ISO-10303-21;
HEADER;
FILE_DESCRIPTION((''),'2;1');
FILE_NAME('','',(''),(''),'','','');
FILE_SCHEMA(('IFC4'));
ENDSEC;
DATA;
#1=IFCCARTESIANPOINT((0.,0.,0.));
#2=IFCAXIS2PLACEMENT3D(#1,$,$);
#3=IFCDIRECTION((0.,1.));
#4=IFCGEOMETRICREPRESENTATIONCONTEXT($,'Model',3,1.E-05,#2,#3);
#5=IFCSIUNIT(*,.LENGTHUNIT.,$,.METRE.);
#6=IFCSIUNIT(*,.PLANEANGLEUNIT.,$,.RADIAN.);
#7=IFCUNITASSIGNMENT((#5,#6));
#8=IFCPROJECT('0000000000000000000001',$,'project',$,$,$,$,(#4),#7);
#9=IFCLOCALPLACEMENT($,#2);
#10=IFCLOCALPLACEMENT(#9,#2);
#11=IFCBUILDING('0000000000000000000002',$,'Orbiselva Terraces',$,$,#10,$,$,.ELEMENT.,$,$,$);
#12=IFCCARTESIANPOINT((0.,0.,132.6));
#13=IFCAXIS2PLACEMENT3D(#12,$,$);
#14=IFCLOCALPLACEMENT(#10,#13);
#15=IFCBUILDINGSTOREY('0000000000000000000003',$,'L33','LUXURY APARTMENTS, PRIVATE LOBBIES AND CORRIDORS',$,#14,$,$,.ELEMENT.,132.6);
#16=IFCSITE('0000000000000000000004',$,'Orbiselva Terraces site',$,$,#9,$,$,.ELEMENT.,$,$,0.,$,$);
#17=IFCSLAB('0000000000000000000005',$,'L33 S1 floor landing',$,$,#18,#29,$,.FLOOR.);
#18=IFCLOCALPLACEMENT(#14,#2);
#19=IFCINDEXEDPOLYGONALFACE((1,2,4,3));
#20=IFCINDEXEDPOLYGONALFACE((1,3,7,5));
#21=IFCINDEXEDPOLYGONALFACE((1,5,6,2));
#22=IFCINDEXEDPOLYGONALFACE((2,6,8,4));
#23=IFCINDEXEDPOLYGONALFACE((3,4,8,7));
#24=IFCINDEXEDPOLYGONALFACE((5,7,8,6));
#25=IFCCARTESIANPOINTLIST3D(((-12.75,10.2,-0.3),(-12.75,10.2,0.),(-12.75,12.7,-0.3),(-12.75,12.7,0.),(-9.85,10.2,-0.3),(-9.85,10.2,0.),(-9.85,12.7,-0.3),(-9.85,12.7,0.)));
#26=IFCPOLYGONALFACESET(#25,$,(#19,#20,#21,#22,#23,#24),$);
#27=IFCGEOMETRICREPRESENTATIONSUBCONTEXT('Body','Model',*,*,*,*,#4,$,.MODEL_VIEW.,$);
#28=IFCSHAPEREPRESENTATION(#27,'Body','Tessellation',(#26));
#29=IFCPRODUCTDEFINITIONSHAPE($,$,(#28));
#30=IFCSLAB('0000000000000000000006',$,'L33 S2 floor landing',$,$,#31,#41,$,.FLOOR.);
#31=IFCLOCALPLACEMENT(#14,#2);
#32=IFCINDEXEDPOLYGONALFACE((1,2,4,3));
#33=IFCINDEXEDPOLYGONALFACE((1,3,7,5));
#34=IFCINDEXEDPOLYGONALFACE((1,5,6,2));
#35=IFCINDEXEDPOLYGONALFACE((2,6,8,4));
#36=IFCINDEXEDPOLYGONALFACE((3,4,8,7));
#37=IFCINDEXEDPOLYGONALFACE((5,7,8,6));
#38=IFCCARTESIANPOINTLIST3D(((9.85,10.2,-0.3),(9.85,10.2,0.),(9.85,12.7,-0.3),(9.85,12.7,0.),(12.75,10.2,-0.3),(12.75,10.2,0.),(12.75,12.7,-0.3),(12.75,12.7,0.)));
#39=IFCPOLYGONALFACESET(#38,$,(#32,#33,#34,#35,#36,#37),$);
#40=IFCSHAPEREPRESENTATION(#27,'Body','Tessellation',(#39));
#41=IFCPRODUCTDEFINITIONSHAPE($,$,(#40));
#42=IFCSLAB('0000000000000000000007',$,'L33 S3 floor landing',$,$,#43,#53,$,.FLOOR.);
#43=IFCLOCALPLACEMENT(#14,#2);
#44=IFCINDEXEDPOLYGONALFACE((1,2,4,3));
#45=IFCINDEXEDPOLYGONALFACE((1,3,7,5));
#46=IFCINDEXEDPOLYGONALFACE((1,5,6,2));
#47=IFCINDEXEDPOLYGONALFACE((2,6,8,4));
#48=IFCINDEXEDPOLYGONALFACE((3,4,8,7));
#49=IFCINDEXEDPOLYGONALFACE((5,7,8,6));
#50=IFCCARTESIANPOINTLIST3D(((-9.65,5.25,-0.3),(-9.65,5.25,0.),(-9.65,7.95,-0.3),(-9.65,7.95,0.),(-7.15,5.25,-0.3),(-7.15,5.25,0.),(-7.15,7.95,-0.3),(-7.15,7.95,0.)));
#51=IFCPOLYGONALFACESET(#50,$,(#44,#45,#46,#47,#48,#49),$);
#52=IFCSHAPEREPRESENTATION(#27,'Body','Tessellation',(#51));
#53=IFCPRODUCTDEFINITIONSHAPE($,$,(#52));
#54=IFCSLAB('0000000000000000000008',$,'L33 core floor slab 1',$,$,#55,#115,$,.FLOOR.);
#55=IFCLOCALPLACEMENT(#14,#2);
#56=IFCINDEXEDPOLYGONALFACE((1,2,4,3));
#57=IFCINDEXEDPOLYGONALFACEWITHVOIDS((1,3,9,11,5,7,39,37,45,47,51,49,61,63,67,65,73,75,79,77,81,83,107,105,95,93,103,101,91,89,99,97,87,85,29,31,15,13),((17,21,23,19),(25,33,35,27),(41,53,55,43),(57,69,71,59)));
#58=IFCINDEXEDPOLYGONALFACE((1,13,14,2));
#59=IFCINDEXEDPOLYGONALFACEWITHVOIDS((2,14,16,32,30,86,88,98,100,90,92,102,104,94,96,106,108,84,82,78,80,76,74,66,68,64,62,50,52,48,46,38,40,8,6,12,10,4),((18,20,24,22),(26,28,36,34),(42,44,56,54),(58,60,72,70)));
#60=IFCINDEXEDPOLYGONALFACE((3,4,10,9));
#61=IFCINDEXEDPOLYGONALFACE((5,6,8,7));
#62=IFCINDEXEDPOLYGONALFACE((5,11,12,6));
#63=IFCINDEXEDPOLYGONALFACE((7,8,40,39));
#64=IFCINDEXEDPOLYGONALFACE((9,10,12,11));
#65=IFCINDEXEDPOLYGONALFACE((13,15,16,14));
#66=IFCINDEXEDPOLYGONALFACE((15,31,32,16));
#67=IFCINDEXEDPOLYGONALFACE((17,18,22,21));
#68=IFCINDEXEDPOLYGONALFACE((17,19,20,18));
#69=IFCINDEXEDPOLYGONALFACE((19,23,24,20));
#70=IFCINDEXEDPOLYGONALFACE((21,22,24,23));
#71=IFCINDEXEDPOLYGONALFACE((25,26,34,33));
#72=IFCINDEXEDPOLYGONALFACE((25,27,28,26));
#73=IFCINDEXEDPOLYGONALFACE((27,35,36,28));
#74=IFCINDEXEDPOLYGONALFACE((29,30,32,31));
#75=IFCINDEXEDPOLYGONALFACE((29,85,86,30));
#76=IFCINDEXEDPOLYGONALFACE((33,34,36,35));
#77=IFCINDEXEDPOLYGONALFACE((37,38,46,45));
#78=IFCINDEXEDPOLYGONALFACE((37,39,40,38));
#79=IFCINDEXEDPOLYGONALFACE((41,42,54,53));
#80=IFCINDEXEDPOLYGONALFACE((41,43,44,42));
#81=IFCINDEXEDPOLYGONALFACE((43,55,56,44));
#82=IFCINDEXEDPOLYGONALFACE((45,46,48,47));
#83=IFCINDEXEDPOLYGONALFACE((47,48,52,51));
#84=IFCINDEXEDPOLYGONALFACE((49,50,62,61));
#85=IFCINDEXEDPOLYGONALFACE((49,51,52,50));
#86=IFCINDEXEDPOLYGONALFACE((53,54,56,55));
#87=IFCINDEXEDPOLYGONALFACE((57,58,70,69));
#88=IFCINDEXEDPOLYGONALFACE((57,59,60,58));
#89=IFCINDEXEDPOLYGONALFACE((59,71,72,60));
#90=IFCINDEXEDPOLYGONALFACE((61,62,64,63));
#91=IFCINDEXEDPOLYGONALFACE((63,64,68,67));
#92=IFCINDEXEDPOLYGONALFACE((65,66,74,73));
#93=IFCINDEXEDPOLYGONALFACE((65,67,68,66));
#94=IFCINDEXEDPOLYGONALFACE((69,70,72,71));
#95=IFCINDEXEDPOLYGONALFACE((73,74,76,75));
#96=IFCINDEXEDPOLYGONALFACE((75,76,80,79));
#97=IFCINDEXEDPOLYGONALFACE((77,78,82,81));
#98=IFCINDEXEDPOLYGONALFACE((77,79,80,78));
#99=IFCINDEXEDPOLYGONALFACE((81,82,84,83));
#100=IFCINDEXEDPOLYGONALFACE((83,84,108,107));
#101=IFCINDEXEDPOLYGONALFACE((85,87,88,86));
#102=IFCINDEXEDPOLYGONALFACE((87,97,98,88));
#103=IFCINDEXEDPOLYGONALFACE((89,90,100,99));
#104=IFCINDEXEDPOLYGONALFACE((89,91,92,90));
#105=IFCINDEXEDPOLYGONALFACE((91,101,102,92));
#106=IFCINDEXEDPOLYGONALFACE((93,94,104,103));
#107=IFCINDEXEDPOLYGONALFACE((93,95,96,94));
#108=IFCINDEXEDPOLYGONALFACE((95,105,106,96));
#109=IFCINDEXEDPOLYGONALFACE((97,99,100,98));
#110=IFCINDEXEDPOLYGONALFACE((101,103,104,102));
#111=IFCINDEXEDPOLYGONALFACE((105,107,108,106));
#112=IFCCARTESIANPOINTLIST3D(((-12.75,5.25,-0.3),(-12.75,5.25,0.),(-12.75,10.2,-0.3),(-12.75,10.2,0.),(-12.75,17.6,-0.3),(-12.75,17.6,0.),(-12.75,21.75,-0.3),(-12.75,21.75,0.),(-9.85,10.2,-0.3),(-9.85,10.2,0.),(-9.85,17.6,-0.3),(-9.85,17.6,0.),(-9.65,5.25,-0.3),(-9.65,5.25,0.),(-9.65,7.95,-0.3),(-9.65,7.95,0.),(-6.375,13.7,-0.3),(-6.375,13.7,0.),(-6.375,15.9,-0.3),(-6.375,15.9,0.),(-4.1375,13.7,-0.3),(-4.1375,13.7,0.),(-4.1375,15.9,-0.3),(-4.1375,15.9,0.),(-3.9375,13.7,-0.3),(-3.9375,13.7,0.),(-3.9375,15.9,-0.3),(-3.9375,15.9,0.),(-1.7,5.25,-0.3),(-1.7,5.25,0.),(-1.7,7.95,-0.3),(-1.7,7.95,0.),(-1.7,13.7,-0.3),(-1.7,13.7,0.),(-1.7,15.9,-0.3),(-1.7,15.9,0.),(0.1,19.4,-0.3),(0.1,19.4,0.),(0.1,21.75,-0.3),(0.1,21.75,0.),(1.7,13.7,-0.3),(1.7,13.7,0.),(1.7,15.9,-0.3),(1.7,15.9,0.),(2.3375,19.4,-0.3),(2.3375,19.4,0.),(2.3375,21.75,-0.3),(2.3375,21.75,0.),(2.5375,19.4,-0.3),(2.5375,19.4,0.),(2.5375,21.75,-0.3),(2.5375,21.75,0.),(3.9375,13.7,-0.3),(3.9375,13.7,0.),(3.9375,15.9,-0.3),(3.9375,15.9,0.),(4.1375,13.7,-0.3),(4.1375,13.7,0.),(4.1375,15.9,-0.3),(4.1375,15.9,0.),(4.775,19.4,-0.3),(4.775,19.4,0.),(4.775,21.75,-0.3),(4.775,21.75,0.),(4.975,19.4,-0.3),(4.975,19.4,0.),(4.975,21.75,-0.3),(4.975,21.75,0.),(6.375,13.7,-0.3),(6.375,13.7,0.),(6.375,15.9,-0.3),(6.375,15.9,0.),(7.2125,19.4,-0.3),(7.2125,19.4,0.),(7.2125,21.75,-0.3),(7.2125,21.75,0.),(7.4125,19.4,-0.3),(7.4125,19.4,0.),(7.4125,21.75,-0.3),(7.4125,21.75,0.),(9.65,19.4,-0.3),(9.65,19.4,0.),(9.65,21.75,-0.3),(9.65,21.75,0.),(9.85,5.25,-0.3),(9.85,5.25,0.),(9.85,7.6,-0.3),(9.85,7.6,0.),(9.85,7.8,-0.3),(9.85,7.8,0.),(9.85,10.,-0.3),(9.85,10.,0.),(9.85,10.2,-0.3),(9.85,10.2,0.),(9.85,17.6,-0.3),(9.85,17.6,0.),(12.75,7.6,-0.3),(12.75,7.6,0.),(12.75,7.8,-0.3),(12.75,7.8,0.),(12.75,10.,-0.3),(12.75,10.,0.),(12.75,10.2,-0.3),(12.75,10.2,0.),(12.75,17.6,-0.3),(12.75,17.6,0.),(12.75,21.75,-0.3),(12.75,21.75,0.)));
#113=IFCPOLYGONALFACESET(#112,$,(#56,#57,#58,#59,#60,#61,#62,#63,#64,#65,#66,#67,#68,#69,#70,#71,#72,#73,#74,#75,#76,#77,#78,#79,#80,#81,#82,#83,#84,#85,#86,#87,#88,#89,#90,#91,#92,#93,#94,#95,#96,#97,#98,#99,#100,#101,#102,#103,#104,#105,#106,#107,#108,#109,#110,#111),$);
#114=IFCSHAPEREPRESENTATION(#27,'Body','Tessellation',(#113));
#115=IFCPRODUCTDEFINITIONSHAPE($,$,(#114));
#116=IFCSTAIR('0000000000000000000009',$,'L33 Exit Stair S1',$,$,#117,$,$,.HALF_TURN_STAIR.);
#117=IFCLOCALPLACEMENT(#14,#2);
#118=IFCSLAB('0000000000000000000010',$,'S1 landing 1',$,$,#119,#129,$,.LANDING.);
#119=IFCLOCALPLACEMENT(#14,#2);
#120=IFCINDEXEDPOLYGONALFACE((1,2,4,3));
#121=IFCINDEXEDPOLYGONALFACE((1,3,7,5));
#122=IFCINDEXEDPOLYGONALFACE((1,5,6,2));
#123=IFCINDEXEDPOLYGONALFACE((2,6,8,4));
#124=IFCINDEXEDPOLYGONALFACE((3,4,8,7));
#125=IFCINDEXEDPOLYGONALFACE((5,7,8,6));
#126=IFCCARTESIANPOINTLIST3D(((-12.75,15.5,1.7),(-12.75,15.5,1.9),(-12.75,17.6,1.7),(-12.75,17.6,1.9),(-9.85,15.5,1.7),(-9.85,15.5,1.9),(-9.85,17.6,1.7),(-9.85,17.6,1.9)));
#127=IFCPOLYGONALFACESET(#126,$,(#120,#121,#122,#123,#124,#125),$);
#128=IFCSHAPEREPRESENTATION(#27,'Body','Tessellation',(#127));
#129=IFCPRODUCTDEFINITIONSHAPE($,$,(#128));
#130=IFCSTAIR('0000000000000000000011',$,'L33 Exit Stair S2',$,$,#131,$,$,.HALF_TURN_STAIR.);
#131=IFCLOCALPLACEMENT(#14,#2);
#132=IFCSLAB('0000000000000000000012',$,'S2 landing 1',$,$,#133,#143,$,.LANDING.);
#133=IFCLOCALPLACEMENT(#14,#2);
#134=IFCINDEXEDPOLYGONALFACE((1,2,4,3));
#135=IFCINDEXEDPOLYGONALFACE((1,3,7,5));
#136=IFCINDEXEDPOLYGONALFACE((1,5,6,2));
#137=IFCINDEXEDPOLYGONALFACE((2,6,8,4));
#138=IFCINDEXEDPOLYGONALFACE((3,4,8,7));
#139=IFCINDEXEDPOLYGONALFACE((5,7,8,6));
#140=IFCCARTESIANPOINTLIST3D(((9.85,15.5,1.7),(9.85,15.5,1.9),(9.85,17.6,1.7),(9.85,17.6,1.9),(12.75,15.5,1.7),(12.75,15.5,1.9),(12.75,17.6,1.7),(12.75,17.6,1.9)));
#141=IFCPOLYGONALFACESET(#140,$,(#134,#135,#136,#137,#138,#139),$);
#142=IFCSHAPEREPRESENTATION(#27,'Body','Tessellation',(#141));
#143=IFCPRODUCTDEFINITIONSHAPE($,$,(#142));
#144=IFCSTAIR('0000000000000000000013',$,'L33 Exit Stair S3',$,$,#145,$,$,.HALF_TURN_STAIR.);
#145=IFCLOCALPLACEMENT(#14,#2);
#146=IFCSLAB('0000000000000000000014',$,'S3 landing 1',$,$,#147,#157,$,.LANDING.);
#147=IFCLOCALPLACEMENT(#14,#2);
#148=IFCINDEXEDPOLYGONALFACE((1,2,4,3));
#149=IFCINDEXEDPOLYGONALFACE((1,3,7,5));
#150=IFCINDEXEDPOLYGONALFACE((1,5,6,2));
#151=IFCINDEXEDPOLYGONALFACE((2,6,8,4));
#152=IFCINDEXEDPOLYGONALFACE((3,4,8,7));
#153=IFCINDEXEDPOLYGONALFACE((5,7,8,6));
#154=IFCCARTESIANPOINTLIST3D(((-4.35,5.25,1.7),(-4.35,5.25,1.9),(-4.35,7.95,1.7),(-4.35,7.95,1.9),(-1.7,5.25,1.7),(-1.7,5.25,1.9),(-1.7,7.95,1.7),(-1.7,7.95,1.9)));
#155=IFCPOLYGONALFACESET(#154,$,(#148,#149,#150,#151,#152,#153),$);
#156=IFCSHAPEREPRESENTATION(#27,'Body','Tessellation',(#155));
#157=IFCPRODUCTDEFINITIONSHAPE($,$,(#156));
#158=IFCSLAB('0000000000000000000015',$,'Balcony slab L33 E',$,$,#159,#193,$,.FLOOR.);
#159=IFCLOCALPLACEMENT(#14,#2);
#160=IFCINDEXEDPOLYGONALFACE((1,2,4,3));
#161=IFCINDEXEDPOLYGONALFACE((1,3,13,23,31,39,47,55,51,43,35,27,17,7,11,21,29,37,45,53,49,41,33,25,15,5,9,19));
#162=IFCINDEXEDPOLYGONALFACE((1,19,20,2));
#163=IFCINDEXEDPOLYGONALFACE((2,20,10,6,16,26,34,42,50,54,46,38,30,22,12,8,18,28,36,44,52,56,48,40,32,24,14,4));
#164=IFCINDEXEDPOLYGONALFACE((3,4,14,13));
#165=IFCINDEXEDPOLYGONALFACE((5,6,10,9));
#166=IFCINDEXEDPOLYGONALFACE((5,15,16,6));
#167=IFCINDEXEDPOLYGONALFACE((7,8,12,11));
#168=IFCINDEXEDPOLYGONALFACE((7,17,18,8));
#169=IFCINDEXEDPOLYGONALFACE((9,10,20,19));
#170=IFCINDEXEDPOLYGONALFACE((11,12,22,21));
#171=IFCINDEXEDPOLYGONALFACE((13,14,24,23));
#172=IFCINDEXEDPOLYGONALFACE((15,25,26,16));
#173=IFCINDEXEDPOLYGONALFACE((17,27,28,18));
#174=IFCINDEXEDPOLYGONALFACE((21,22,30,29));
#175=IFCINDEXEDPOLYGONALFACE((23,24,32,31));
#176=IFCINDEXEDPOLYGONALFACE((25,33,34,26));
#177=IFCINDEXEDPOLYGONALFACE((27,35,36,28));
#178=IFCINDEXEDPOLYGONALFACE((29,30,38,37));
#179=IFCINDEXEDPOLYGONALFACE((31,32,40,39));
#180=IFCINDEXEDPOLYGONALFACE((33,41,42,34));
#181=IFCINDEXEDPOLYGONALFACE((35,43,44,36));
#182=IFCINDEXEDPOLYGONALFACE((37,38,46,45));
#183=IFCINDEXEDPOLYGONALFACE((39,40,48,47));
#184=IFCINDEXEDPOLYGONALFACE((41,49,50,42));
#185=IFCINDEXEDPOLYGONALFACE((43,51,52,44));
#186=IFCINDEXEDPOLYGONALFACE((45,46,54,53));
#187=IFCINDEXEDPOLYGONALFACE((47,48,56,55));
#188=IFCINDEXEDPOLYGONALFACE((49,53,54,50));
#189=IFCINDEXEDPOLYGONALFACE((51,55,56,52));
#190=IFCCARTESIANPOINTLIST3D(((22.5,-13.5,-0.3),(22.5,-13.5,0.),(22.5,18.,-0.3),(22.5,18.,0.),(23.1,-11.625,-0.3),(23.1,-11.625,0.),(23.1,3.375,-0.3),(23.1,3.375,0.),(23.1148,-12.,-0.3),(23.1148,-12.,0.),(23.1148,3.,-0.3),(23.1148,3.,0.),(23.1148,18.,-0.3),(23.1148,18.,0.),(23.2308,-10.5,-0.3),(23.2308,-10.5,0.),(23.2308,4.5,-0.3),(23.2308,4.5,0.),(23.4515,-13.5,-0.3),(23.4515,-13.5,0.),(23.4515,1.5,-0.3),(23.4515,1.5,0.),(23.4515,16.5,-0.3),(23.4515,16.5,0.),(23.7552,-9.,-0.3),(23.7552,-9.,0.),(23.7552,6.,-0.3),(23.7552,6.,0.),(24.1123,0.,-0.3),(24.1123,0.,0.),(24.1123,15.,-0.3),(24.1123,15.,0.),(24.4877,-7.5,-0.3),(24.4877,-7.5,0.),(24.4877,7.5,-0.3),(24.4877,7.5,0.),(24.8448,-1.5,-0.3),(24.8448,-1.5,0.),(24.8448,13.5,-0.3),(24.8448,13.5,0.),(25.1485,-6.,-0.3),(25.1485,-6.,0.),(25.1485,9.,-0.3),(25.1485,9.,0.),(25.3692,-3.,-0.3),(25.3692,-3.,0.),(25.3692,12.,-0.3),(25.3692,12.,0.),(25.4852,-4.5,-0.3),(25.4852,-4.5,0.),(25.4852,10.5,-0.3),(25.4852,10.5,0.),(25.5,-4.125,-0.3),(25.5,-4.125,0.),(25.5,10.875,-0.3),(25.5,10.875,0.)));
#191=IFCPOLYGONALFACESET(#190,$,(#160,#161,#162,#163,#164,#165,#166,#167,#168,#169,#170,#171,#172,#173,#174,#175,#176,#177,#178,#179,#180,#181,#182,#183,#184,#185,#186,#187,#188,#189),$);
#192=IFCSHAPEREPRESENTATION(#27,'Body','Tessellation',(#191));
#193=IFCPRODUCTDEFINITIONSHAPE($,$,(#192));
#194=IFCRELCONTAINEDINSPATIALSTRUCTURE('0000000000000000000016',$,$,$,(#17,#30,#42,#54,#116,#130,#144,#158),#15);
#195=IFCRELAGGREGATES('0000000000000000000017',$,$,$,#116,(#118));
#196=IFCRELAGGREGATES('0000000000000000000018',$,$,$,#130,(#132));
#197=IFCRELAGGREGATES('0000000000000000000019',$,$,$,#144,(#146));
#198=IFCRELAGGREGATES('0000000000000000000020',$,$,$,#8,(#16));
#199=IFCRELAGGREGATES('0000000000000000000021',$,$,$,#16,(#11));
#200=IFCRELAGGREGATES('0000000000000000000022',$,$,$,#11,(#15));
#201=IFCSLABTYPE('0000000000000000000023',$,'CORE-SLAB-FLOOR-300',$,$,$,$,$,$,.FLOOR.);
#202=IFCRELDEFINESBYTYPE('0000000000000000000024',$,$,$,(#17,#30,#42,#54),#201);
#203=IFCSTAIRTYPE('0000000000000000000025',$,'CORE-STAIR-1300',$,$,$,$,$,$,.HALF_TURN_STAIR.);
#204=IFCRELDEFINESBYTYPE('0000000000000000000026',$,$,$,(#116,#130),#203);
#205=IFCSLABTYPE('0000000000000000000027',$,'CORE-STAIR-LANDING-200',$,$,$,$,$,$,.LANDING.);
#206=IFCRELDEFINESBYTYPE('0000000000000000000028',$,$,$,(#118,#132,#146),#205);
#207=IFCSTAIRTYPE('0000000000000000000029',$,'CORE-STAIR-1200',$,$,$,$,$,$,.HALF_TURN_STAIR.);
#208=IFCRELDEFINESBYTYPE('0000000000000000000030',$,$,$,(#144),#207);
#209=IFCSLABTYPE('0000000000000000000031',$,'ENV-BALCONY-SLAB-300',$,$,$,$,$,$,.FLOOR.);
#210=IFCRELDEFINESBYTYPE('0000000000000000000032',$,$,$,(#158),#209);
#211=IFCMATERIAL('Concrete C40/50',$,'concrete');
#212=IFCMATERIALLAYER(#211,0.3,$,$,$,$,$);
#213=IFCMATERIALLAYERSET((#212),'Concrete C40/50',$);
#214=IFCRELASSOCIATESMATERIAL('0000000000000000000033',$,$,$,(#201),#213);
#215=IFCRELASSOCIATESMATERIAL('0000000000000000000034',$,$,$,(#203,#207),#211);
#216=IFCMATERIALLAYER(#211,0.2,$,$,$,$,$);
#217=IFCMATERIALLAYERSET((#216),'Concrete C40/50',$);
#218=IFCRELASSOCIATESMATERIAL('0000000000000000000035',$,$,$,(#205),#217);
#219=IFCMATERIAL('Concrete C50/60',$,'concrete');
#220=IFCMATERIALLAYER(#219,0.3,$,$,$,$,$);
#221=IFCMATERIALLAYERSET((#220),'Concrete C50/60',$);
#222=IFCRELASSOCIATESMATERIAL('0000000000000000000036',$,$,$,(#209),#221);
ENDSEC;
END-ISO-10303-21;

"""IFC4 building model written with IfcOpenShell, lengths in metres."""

from ifc_helpers import new_model, si_unit, direction, frame, origin, place, context, subcontext, project, spatial, polyline, outline, extrude, material, layer, layer_set, type_object, element, aggregate, save


model = new_model("IFC4")

# Units and contexts
model_context = context("Model", 3, precision=1e-05, world=origin(), true_north=direction((0.0, 1.0)))
body_context = subcontext(model_context, "Body", "Model", "MODEL_VIEW")
ifc_project = project(units=[si_unit("LENGTHUNIT", "METRE"), si_unit("PLANEANGLEUNIT", "RADIAN")], contexts=[model_context])

# Site, building, storey
site_placement = place(None, origin())
site = spatial("IfcSite", under=ifc_project, at=site_placement, Name="Orbiselva Terraces site", CompositionType="ELEMENT", RefElevation=0.0)
building_placement = place(site_placement, origin())
building = spatial("IfcBuilding", under=site, at=building_placement, Name="Orbiselva Terraces", CompositionType="ELEMENT")
storey_placement = place(building_placement, frame((0.0, 0.0, 132.6)))
storey = spatial("IfcBuildingStorey", under=building, at=storey_placement, Name="L33", Description="LUXURY APARTMENTS, PRIVATE LOBBIES AND CORRIDORS", CompositionType="ELEMENT", Elevation=132.6)

# Slabs
ifc_material_1 = material(Name="Concrete C40/50", Category="concrete")
ifc_layer_1 = layer(ifc_material_1, 0.3)
ifc_layer_set_1 = layer_set([ifc_layer_1], Name="Concrete C40/50")
slab_type_1 = type_object("IfcSlabType", Name="CORE-SLAB-FLOOR-300", PredefinedType="FLOOR", material=ifc_layer_set_1)
slab_1_placement = place(storey_placement, frame((0.0, 0.0, -0.3)))
element("IfcSlab", 1, at=slab_1_placement, inside=storey, type_object=slab_type_1, Name="L33 S1 floor landing", PredefinedType="FLOOR", context=body_context, shape_type="SweptSolid", body=[
    extrude(outline(polyline([(-12.75, 12.7), (-9.85, 12.7), (-9.85, 10.2), (-12.75, 10.2), (-12.75, 12.7)])), origin(), (0.0, 0.0, 1.0), 0.3),
])
slab_2_placement = place(storey_placement, frame((0.0, 0.0, -0.3)))
element("IfcSlab", 2, at=slab_2_placement, inside=storey, type_object=slab_type_1, Name="L33 S2 floor landing", PredefinedType="FLOOR", context=body_context, shape_type="SweptSolid", body=[
    extrude(outline(polyline([(12.75, 12.7), (12.75, 10.2), (9.85, 10.2), (9.85, 12.7), (12.75, 12.7)])), origin(), (0.0, 0.0, 1.0), 0.3),
])
slab_3_placement = place(storey_placement, frame((0.0, 0.0, -0.3)))
element("IfcSlab", 3, at=slab_3_placement, inside=storey, type_object=slab_type_1, Name="L33 S3 floor landing", PredefinedType="FLOOR", context=body_context, shape_type="SweptSolid", body=[
    extrude(outline(polyline([(-7.15, 5.25), (-9.65, 5.25), (-9.65, 7.95), (-7.15, 7.95), (-7.15, 5.25)])), origin(), (0.0, 0.0, 1.0), 0.3),
])
slab_4_placement = place(storey_placement, frame((0.0, 0.0, -0.3)))
element("IfcSlab", 4, at=slab_4_placement, inside=storey, type_object=slab_type_1, Name="L33 core floor slab 1", PredefinedType="FLOOR", context=body_context, shape_type="SweptSolid", body=[
    extrude(outline(polyline([(-1.7, 5.25), (-1.7, 7.95), (-9.65, 7.95), (-9.65, 5.25), (-12.75, 5.25), (-12.75, 10.2), (-9.85, 10.2), (-9.85, 17.6), (-12.75, 17.6), (-12.75, 21.75), (0.1, 21.75), (0.1, 19.4), (2.3375, 19.4), (2.3375, 21.75), (2.5375, 21.75), (2.5375, 19.4), (4.775, 19.4), (4.775, 21.75), (4.975, 21.75), (4.975, 19.4), (7.2125, 19.4), (7.2125, 21.75), (7.4125, 21.75), (7.4125, 19.4), (9.65, 19.4), (9.65, 21.75), (12.75, 21.75), (12.75, 17.6), (9.85, 17.6), (9.85, 10.2), (12.75, 10.2), (12.75, 10.0), (9.85, 10.0), (9.85, 7.8), (12.75, 7.8), (12.75, 7.6), (9.85, 7.6), (9.85, 5.25), (-1.7, 5.25)]), holes=[polyline([(-4.1375, 13.7), (-4.1375, 15.9), (-6.375, 15.9), (-6.375, 13.7), (-4.1375, 13.7)]), polyline([(-1.7, 13.7), (-1.7, 15.9), (-3.9375, 15.9), (-3.9375, 13.7), (-1.7, 13.7)]), polyline([(3.9375, 15.9), (1.7, 15.9), (1.7, 13.7), (3.9375, 13.7), (3.9375, 15.9)]), polyline([(6.375, 13.7), (6.375, 15.9), (4.1375, 15.9), (4.1375, 13.7), (6.375, 13.7)])]), origin(), (0.0, 0.0, 1.0), 0.3),
])

# Stairs, slabs
stair_type_1 = type_object("IfcStairType", Name="CORE-STAIR-1300", PredefinedType="HALF_TURN_STAIR", material=ifc_material_1)
stair_1_placement = place(storey_placement, origin())
stair_1 = element("IfcStair", 5, at=stair_1_placement, inside=storey, type_object=stair_type_1, Name="L33 Exit Stair S1", PredefinedType="HALF_TURN_STAIR")
ifc_layer_2 = layer(ifc_material_1, 0.2)
ifc_layer_set_2 = layer_set([ifc_layer_2], Name="Concrete C40/50")
slab_type_2 = type_object("IfcSlabType", Name="CORE-STAIR-LANDING-200", PredefinedType="LANDING", material=ifc_layer_set_2)
slab_5_placement = place(storey_placement, frame((0.0, 0.0, 1.7)))
slab_5 = element("IfcSlab", 6, at=slab_5_placement, type_object=slab_type_2, Name="S1 landing 1", PredefinedType="LANDING", context=body_context, shape_type="SweptSolid", body=[
    extrude(outline(polyline([(-9.85, 15.5), (-9.85, 17.6), (-12.75, 17.6), (-12.75, 15.5), (-9.85, 15.5)])), origin(), (0.0, 0.0, 1.0), 0.2),
])
aggregate(stair_1, [slab_5])
stair_2_placement = place(storey_placement, origin())
stair_2 = element("IfcStair", 7, at=stair_2_placement, inside=storey, type_object=stair_type_1, Name="L33 Exit Stair S2", PredefinedType="HALF_TURN_STAIR")
slab_6_placement = place(storey_placement, frame((0.0, 0.0, 1.7)))
slab_6 = element("IfcSlab", 8, at=slab_6_placement, type_object=slab_type_2, Name="S2 landing 1", PredefinedType="LANDING", context=body_context, shape_type="SweptSolid", body=[
    extrude(outline(polyline([(12.75, 15.5), (12.75, 17.6), (9.85, 17.6), (9.85, 15.5), (12.75, 15.5)])), origin(), (0.0, 0.0, 1.0), 0.2),
])
aggregate(stair_2, [slab_6])
stair_type_2 = type_object("IfcStairType", Name="CORE-STAIR-1200", PredefinedType="HALF_TURN_STAIR", material=ifc_material_1)
stair_3_placement = place(storey_placement, origin())
stair_3 = element("IfcStair", 9, at=stair_3_placement, inside=storey, type_object=stair_type_2, Name="L33 Exit Stair S3", PredefinedType="HALF_TURN_STAIR")
slab_7_placement = place(storey_placement, frame((0.0, 0.0, 1.7)))
slab_7 = element("IfcSlab", 10, at=slab_7_placement, type_object=slab_type_2, Name="S3 landing 1", PredefinedType="LANDING", context=body_context, shape_type="SweptSolid", body=[
    extrude(outline(polyline([(-4.35, 5.25), (-1.7, 5.25), (-1.7, 7.95), (-4.35, 7.95), (-4.35, 5.25)])), origin(), (0.0, 0.0, 1.0), 0.2),
])
aggregate(stair_3, [slab_7])

# Slab
ifc_material_2 = material(Name="Concrete C50/60", Category="concrete")
ifc_layer_3 = layer(ifc_material_2, 0.3)
ifc_layer_set_3 = layer_set([ifc_layer_3], Name="Concrete C50/60")
slab_type_3 = type_object("IfcSlabType", Name="ENV-BALCONY-SLAB-300", PredefinedType="FLOOR", material=ifc_layer_set_3)
slab_8_placement = place(storey_placement, frame((0.0, 0.0, -0.3)))
element("IfcSlab", 11, at=slab_8_placement, inside=storey, type_object=slab_type_3, Name="Balcony slab L33 E", PredefinedType="FLOOR", context=body_context, shape_type="SweptSolid", body=[
    extrude(outline(polyline([(23.4515, -13.5), (23.1148, -12.0), (23.1, -11.625), (23.2308, -10.5), (23.7552, -9.0), (24.4877, -7.5), (25.1485, -6.0), (25.4852, -4.5), (25.5, -4.125), (25.3692, -3.0), (24.8448, -1.5), (24.1123, 0.0), (23.4515, 1.5), (23.1148, 3.0), (23.1, 3.375), (23.2308, 4.5), (23.7552, 6.0), (24.4877, 7.5), (25.1485, 9.0), (25.4852, 10.5), (25.5, 10.875), (25.3692, 12.0), (24.8448, 13.5), (24.1123, 15.0), (23.4515, 16.5), (23.1148, 18.0), (22.5, 18.0), (22.5, -13.5), (23.4515, -13.5)])), origin(), (0.0, 0.0, 1.0), 0.3),
])

save(model, "model.ifc")
